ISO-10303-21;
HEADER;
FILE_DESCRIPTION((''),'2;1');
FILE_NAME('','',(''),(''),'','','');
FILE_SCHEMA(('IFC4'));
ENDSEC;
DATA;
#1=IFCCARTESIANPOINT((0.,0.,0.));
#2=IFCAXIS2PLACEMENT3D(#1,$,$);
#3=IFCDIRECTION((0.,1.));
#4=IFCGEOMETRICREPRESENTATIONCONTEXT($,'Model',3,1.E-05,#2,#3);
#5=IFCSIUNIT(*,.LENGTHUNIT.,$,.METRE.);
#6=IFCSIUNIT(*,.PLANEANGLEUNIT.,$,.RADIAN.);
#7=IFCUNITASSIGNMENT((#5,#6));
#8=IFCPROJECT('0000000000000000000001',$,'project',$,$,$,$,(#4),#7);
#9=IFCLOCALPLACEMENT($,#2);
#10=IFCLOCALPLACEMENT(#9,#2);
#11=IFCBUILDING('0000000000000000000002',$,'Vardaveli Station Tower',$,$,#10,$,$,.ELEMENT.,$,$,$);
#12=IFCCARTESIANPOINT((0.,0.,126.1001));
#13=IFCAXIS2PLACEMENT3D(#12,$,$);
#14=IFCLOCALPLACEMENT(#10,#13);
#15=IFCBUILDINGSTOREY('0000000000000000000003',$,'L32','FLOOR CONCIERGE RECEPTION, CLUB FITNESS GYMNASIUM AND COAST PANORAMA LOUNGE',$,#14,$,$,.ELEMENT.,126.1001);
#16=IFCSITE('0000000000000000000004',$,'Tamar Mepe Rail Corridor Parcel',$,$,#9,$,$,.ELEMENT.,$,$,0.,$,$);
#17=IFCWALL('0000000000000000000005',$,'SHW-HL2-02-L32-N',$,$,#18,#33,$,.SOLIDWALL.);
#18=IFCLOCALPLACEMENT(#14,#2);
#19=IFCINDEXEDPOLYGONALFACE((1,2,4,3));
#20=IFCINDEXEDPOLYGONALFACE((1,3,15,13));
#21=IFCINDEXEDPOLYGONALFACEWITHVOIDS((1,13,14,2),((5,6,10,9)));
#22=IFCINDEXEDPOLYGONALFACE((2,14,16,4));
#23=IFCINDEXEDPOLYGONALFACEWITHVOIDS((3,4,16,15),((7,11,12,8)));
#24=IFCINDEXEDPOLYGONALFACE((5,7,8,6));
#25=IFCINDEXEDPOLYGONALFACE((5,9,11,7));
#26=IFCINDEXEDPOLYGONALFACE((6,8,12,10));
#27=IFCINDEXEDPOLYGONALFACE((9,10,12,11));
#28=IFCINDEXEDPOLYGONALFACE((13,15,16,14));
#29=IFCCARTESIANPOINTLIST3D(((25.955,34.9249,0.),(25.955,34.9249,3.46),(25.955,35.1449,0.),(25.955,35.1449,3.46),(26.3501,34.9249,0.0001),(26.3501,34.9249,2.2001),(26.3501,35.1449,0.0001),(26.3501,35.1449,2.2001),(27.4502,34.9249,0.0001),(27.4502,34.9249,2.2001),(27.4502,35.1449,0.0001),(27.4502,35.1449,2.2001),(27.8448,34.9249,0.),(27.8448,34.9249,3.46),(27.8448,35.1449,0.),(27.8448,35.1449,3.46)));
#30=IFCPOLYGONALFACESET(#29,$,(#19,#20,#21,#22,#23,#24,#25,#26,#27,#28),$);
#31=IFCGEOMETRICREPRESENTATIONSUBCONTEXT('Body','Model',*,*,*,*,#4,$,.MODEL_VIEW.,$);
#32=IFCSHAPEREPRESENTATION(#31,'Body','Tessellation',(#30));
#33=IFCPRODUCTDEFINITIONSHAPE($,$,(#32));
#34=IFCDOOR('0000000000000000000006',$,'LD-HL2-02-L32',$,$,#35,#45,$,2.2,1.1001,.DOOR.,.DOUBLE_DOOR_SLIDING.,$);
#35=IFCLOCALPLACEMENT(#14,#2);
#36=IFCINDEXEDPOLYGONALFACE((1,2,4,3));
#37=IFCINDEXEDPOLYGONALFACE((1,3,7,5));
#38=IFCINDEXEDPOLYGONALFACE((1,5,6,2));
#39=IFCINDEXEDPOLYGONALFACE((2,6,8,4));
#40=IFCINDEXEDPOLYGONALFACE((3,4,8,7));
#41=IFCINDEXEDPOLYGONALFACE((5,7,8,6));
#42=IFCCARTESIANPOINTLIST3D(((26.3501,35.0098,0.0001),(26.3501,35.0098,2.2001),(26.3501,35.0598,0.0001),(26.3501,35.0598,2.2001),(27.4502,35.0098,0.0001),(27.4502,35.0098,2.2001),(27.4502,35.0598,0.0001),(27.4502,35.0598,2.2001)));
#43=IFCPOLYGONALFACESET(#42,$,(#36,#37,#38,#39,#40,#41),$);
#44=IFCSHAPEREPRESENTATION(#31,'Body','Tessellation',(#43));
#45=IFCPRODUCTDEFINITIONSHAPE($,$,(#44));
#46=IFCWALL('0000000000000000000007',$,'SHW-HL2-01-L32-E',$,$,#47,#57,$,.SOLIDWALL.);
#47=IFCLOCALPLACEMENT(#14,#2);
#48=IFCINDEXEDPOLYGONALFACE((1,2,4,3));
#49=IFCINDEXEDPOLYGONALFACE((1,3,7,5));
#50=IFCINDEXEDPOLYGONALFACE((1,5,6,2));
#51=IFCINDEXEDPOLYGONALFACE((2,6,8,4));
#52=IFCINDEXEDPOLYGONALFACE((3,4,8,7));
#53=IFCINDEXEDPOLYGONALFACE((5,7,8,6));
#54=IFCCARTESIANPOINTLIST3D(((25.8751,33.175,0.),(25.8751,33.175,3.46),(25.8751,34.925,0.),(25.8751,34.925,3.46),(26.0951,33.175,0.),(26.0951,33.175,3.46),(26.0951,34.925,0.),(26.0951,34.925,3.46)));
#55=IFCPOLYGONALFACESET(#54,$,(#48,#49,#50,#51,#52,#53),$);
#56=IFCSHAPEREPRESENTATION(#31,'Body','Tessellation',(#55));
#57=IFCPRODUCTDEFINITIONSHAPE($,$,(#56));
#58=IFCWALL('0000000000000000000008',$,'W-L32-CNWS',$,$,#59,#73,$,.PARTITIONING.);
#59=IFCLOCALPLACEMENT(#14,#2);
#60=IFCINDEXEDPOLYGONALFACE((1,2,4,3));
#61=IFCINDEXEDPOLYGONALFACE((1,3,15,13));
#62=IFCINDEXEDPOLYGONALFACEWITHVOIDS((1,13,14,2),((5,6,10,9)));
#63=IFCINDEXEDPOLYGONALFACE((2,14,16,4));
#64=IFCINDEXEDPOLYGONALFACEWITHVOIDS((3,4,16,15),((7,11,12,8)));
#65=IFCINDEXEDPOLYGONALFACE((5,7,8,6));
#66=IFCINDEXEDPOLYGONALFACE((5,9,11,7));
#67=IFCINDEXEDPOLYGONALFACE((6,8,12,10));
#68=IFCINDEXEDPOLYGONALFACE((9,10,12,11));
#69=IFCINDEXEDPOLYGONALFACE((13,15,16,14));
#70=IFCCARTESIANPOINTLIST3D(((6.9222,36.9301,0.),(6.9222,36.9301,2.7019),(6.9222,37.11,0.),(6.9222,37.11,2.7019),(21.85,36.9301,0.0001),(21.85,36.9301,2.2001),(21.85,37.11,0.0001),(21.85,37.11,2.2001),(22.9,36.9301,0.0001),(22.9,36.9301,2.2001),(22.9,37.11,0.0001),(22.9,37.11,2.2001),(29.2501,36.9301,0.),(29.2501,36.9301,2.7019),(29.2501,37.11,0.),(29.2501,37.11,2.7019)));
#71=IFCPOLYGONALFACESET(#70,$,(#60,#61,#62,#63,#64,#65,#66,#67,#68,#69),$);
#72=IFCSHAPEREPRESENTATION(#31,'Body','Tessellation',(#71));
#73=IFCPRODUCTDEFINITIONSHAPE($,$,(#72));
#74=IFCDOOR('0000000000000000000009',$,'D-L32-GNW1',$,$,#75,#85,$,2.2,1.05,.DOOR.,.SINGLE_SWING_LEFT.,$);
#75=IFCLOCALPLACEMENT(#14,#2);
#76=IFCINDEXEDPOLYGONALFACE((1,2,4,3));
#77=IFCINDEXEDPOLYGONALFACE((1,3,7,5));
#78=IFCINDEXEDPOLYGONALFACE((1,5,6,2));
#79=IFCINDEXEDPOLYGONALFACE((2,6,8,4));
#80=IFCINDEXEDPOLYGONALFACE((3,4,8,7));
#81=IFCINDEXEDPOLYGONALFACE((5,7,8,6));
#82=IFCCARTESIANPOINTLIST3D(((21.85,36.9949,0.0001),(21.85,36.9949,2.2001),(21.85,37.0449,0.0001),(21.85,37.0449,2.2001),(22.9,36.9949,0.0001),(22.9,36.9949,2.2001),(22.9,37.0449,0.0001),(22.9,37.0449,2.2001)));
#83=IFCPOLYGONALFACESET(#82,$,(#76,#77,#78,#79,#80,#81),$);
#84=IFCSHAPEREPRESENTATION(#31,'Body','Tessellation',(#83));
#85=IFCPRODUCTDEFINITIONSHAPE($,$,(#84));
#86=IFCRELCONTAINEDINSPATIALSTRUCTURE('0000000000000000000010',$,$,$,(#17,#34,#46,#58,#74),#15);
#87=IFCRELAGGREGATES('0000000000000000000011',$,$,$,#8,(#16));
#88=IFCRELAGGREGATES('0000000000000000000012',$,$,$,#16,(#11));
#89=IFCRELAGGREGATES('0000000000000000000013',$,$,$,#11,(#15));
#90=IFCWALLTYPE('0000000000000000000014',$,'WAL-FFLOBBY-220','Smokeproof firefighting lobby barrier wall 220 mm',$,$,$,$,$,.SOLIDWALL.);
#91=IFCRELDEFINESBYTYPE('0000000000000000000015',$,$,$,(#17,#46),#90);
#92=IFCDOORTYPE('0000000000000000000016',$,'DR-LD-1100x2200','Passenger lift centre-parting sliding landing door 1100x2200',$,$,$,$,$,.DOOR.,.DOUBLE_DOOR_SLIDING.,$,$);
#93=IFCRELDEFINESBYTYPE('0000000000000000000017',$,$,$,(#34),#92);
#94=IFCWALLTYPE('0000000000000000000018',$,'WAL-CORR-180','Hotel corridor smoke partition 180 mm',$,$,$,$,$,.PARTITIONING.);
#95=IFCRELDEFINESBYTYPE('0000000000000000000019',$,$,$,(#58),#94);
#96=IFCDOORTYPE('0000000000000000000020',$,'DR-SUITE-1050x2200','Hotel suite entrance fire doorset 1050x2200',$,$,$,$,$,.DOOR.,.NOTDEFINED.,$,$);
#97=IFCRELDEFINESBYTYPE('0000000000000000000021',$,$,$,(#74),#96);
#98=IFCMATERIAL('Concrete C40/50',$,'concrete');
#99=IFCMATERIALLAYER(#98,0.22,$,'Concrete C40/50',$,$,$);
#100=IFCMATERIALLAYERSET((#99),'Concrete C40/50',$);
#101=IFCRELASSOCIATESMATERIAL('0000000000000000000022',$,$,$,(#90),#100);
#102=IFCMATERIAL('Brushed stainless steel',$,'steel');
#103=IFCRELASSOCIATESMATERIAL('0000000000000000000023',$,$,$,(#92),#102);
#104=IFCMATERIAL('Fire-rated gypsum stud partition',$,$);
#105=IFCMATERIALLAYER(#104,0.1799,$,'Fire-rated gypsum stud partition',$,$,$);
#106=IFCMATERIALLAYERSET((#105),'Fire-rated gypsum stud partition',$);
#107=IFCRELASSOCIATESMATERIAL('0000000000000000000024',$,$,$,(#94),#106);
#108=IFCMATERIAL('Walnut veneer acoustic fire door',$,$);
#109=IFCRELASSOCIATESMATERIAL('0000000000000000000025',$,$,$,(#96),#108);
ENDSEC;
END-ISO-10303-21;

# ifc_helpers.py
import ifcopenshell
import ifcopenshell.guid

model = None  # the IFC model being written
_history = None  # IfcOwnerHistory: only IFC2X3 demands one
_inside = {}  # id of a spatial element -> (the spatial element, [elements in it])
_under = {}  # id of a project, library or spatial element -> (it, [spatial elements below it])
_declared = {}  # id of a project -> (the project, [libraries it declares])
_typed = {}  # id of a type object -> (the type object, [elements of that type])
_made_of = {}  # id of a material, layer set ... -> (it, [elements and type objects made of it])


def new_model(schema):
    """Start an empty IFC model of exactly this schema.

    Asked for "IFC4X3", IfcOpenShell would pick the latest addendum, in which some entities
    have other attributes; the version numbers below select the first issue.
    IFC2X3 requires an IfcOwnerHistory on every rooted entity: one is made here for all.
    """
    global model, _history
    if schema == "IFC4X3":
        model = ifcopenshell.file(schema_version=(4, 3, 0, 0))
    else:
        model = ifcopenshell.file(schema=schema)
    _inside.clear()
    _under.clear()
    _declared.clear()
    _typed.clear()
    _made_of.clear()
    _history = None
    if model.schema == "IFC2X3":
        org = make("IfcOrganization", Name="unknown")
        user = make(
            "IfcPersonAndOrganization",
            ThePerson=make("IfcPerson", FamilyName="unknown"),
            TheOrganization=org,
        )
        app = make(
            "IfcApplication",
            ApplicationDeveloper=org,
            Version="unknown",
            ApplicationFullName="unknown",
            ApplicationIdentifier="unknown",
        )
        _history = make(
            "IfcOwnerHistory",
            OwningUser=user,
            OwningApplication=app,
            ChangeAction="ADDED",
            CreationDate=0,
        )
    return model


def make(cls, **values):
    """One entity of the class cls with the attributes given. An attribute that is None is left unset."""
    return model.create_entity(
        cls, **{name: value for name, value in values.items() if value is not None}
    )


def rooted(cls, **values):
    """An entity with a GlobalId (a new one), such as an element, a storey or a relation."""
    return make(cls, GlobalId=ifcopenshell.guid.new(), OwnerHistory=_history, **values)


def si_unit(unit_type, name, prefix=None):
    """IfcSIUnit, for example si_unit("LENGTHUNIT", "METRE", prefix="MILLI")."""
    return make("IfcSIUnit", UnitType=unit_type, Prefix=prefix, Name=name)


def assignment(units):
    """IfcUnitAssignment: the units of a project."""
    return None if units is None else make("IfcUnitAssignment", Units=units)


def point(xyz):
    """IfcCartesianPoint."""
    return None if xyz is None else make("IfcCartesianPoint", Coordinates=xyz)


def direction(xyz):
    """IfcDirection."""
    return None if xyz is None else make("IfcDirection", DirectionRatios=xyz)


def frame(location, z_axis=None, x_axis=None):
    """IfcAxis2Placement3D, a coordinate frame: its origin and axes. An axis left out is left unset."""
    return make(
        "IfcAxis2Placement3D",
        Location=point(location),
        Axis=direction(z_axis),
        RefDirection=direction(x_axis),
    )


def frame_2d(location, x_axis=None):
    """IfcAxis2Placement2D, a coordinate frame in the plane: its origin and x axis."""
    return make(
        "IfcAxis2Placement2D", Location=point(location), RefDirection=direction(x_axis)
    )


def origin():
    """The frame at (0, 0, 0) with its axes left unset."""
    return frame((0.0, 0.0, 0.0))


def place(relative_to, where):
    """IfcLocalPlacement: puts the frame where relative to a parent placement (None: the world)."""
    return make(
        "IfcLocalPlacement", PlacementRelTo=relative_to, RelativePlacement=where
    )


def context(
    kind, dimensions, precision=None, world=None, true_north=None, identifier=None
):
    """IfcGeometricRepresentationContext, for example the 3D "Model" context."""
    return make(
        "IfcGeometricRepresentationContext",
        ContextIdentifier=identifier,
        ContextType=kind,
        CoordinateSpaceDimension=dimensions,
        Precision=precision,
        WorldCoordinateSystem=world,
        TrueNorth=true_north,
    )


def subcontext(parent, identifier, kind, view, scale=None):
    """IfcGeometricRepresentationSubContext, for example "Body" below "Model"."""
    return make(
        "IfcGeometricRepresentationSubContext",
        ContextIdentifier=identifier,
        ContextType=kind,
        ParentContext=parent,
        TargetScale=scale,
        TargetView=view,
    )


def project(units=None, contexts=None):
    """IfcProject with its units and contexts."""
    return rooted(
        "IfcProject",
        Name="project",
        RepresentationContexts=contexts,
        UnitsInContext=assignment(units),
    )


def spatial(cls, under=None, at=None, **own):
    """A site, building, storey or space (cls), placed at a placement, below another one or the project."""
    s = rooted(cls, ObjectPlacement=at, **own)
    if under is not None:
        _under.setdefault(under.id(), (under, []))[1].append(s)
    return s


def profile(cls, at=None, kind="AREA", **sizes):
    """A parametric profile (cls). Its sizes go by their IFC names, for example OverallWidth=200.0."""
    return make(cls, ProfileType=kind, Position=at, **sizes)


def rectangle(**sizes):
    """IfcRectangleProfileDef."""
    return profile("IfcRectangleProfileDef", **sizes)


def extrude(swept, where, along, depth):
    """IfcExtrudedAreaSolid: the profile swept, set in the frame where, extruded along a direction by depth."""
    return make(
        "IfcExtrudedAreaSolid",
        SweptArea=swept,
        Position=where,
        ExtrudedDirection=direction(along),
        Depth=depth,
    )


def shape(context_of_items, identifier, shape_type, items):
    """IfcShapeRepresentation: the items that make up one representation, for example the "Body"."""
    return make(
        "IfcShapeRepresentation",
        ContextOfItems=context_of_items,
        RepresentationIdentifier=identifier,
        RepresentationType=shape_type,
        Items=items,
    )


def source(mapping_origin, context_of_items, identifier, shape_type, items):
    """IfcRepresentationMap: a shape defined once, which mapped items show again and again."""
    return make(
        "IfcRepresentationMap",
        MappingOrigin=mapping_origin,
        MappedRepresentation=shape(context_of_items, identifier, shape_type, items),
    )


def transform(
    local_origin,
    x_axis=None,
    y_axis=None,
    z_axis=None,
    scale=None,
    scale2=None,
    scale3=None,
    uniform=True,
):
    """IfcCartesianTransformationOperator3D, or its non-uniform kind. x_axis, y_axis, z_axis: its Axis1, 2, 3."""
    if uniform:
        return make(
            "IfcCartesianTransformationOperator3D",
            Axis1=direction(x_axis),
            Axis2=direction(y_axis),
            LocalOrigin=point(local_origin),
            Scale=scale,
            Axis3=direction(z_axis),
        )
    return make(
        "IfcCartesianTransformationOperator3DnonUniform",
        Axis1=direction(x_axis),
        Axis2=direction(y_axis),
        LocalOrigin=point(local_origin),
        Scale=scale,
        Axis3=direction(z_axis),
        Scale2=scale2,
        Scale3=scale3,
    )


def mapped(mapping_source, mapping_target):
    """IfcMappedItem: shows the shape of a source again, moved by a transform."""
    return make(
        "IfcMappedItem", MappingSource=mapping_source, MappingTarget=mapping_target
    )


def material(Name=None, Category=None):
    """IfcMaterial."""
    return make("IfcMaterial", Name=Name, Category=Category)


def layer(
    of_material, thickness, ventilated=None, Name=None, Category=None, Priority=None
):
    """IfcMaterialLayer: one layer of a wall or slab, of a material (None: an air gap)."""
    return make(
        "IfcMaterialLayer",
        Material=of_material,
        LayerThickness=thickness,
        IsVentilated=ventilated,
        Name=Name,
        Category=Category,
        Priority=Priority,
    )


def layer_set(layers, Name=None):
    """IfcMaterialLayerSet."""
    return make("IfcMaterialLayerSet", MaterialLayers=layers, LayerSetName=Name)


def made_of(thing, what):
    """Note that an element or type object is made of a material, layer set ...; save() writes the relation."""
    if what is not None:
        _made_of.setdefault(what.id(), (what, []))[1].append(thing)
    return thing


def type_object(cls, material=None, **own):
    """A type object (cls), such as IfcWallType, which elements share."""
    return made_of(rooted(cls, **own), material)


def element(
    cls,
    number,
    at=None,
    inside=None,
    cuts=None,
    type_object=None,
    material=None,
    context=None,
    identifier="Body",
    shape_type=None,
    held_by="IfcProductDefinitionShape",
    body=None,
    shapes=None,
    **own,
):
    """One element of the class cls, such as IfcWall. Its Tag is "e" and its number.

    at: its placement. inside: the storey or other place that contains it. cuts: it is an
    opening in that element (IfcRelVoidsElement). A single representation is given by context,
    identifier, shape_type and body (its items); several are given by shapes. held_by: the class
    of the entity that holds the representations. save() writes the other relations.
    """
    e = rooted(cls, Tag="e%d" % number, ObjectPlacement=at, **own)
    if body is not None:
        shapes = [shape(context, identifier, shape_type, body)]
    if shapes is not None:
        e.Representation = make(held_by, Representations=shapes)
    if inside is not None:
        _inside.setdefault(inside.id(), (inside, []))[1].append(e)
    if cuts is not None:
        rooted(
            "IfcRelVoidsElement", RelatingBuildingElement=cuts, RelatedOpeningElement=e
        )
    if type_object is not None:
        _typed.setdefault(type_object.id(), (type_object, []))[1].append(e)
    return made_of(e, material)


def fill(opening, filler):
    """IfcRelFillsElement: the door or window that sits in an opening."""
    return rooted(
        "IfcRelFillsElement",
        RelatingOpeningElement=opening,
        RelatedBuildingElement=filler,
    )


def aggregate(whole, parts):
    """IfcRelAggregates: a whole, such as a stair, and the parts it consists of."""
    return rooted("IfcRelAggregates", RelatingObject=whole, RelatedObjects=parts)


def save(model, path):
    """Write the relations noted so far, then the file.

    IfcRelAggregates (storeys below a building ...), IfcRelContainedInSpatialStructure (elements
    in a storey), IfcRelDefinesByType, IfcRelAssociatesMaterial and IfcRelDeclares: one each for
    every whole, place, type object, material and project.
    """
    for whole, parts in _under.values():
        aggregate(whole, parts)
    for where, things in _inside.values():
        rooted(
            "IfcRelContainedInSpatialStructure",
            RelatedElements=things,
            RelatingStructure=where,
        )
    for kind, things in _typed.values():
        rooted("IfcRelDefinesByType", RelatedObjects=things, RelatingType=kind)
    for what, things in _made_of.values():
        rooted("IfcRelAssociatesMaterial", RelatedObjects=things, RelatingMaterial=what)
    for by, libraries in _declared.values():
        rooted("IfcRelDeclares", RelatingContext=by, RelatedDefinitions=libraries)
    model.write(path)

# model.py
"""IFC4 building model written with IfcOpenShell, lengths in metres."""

from ifc_helpers import new_model, si_unit, direction, frame, frame_2d, origin, place, context, subcontext, project, spatial, rectangle, extrude, source, transform, mapped, material, layer, layer_set, type_object, element, fill, save


model = new_model("IFC4")

# Units and contexts
model_context = context("Model", 3, precision=1e-05, world=origin(), true_north=direction((0.0, 1.0)))
body_context = subcontext(model_context, "Body", "Model", "MODEL_VIEW")
ifc_project = project(units=[si_unit("LENGTHUNIT", "METRE"), si_unit("PLANEANGLEUNIT", "RADIAN")], contexts=[model_context])

# Site, building, storey
site_placement = place(None, origin())
site = spatial("IfcSite", under=ifc_project, at=site_placement, Name="Tamar Mepe Rail Corridor Parcel", CompositionType="ELEMENT", RefElevation=0.0)
building_placement = place(site_placement, origin())
building = spatial("IfcBuilding", under=site, at=building_placement, Name="Vardaveli Station Tower", CompositionType="ELEMENT")
storey_placement = place(building_placement, frame((0.0, 0.0, 126.1001)))
storey = spatial("IfcBuildingStorey", under=building, at=storey_placement, Name="L32", Description="FLOOR CONCIERGE RECEPTION, CLUB FITNESS GYMNASIUM AND COAST PANORAMA LOUNGE", CompositionType="ELEMENT", Elevation=126.1001)

# Wall, opening, door
ifc_material_1 = material(Name="Concrete C40/50", Category="concrete")
ifc_layer_1 = layer(ifc_material_1, 0.22, Name="Concrete C40/50")
ifc_layer_set_1 = layer_set([ifc_layer_1], Name="Concrete C40/50")
wall_type_1 = type_object("IfcWallType", Name="WAL-FFLOBBY-220", Description="Smokeproof firefighting lobby barrier wall 220 mm", PredefinedType="SOLIDWALL", material=ifc_layer_set_1)
shared_shape_1 = source(origin(), body_context, "Body", "SweptSolid", [
    extrude(rectangle(XDim=1.8899, YDim=0.22, at=frame_2d((0.9448, 0.0))), origin(), (0.0, 0.0, 1.0), 3.46),
])
shared_shape_2 = source(origin(), body_context, "Body", "SweptSolid", [
    extrude(rectangle(XDim=1.1001, YDim=2.2, at=frame_2d((0.55, 1.1001))), frame((0.0, 0.1201, 0.0), z_axis=(0.0, -1.0, 0.0), x_axis=(1.0, 0.0, 0.0)), (0.0, 0.0, 1.0), 0.24),
])
ifc_material_2 = material(Name="Brushed stainless steel", Category="steel")
door_type_1 = type_object("IfcDoorType", Name="DR-LD-1100x2200", Description="Passenger lift centre-parting sliding landing door 1100x2200", OperationType="DOUBLE_DOOR_SLIDING", PredefinedType="DOOR", material=ifc_material_2)
shared_shape_3 = source(origin(), body_context, "Body", "SweptSolid", [
    extrude(rectangle(XDim=1.1001, YDim=2.2, at=frame_2d((0.55, 1.1001))), frame((0.0, 0.0249, 0.0), z_axis=(0.0, -1.0, 0.0), x_axis=(1.0, 0.0, 0.0)), (0.0, 0.0, 1.0), 0.05),
])
wall_1_placement = place(storey_placement, frame((25.9551, 35.0349, 0.0), z_axis=(0.0, 0.0, 1.0), x_axis=(1.0, 0.0, 0.0)))
wall_1 = element("IfcWall", 1, at=wall_1_placement, inside=storey, type_object=wall_type_1, Name="SHW-HL2-02-L32-N", PredefinedType="SOLIDWALL", context=body_context, shape_type="MappedRepresentation", body=[
    mapped(shared_shape_1, transform((0.0, 0.0, 0.0), scale=1.0)),
])
opening_1_placement = place(wall_1_placement, frame((0.395, 0.0, 0.0)))
opening_1 = element("IfcOpeningElement", 2, at=opening_1_placement, cuts=wall_1, PredefinedType="OPENING", context=body_context, shape_type="MappedRepresentation", body=[
    mapped(shared_shape_2, transform((0.0, 0.0, 0.0), scale=1.0)),
])
door_1_placement = place(opening_1_placement, origin())
door_1 = element("IfcDoor", 3, at=door_1_placement, inside=storey, type_object=door_type_1, Name="LD-HL2-02-L32", OperationType="DOUBLE_DOOR_SLIDING", OverallHeight=2.2, OverallWidth=1.1001, PredefinedType="DOOR", context=body_context, shape_type="MappedRepresentation", body=[
    mapped(shared_shape_3, transform((0.0, 0.0, 0.0), scale=1.0)),
])
fill(opening_1, door_1)

# Wall
shared_shape_4 = source(origin(), body_context, "Body", "SweptSolid", [
    extrude(rectangle(XDim=1.75, YDim=0.22, at=frame_2d((0.875, 0.0))), origin(), (0.0, 0.0, 1.0), 3.46),
])
wall_2_placement = place(storey_placement, frame((25.9851, 33.175, 0.0), z_axis=(0.0, 0.0, 1.0), x_axis=(0.0, 1.0, 0.0)))
element("IfcWall", 4, at=wall_2_placement, inside=storey, type_object=wall_type_1, Name="SHW-HL2-01-L32-E", PredefinedType="SOLIDWALL", context=body_context, shape_type="MappedRepresentation", body=[
    mapped(shared_shape_4, transform((0.0, 0.0, 0.0), scale=1.0)),
])

# Wall, opening, door
ifc_material_3 = material(Name="Fire-rated gypsum stud partition")
ifc_layer_2 = layer(ifc_material_3, 0.1799, Name="Fire-rated gypsum stud partition")
ifc_layer_set_2 = layer_set([ifc_layer_2], Name="Fire-rated gypsum stud partition")
wall_type_2 = type_object("IfcWallType", Name="WAL-CORR-180", Description="Hotel corridor smoke partition 180 mm", PredefinedType="PARTITIONING", material=ifc_layer_set_2)
shared_shape_5 = source(origin(), body_context, "Body", "SweptSolid", [
    extrude(rectangle(XDim=22.3279, YDim=0.1799, at=frame_2d((11.1641, 0.0))), origin(), (0.0, 0.0, 1.0), 2.7019),
])
wall_3_placement = place(storey_placement, frame((6.9221, 37.02, 0.0), z_axis=(0.0, 0.0, 1.0), x_axis=(1.0, 0.0, 0.0)))
wall_3 = element("IfcWall", 5, at=wall_3_placement, inside=storey, type_object=wall_type_2, Name="W-L32-CNWS", PredefinedType="PARTITIONING", context=body_context, shape_type="MappedRepresentation", body=[
    mapped(shared_shape_5, transform((0.0, 0.0, 0.0), scale=1.0)),
])
shared_shape_6 = source(origin(), body_context, "Body", "SweptSolid", [
    extrude(rectangle(XDim=1.05, YDim=2.2, at=frame_2d((0.5249, 1.1001))), frame((0.0, 0.1001, 0.0), z_axis=(0.0, -1.0, 0.0), x_axis=(1.0, 0.0, 0.0)), (0.0, 0.0, 1.0), 0.2),
])
opening_2_placement = place(wall_3_placement, frame((14.928, 0.0, 0.0)))
opening_2 = element("IfcOpeningElement", 6, at=opening_2_placement, cuts=wall_3, PredefinedType="OPENING", context=body_context, shape_type="MappedRepresentation", body=[
    mapped(shared_shape_6, transform((0.0, 0.0, 0.0), scale=1.0)),
])
ifc_material_4 = material(Name="Walnut veneer acoustic fire door")
door_type_2 = type_object("IfcDoorType", Name="DR-SUITE-1050x2200", Description="Hotel suite entrance fire doorset 1050x2200", OperationType="NOTDEFINED", PredefinedType="DOOR", material=ifc_material_4)
shared_shape_7 = source(origin(), body_context, "Body", "SweptSolid", [
    extrude(rectangle(XDim=1.05, YDim=2.2, at=frame_2d((0.5249, 1.1001))), frame((0.0, 0.0249, 0.0), z_axis=(0.0, -1.0, 0.0), x_axis=(1.0, 0.0, 0.0)), (0.0, 0.0, 1.0), 0.05),
])
door_2_placement = place(opening_2_placement, origin())
door_2 = element("IfcDoor", 7, at=door_2_placement, inside=storey, type_object=door_type_2, Name="D-L32-GNW1", OperationType="SINGLE_SWING_LEFT", OverallHeight=2.2, OverallWidth=1.05, PredefinedType="DOOR", context=body_context, shape_type="MappedRepresentation", body=[
    mapped(shared_shape_7, transform((0.0, 0.0, 0.0), scale=1.0)),
])
fill(opening_2, door_2)

save(model, "model.ifc")
